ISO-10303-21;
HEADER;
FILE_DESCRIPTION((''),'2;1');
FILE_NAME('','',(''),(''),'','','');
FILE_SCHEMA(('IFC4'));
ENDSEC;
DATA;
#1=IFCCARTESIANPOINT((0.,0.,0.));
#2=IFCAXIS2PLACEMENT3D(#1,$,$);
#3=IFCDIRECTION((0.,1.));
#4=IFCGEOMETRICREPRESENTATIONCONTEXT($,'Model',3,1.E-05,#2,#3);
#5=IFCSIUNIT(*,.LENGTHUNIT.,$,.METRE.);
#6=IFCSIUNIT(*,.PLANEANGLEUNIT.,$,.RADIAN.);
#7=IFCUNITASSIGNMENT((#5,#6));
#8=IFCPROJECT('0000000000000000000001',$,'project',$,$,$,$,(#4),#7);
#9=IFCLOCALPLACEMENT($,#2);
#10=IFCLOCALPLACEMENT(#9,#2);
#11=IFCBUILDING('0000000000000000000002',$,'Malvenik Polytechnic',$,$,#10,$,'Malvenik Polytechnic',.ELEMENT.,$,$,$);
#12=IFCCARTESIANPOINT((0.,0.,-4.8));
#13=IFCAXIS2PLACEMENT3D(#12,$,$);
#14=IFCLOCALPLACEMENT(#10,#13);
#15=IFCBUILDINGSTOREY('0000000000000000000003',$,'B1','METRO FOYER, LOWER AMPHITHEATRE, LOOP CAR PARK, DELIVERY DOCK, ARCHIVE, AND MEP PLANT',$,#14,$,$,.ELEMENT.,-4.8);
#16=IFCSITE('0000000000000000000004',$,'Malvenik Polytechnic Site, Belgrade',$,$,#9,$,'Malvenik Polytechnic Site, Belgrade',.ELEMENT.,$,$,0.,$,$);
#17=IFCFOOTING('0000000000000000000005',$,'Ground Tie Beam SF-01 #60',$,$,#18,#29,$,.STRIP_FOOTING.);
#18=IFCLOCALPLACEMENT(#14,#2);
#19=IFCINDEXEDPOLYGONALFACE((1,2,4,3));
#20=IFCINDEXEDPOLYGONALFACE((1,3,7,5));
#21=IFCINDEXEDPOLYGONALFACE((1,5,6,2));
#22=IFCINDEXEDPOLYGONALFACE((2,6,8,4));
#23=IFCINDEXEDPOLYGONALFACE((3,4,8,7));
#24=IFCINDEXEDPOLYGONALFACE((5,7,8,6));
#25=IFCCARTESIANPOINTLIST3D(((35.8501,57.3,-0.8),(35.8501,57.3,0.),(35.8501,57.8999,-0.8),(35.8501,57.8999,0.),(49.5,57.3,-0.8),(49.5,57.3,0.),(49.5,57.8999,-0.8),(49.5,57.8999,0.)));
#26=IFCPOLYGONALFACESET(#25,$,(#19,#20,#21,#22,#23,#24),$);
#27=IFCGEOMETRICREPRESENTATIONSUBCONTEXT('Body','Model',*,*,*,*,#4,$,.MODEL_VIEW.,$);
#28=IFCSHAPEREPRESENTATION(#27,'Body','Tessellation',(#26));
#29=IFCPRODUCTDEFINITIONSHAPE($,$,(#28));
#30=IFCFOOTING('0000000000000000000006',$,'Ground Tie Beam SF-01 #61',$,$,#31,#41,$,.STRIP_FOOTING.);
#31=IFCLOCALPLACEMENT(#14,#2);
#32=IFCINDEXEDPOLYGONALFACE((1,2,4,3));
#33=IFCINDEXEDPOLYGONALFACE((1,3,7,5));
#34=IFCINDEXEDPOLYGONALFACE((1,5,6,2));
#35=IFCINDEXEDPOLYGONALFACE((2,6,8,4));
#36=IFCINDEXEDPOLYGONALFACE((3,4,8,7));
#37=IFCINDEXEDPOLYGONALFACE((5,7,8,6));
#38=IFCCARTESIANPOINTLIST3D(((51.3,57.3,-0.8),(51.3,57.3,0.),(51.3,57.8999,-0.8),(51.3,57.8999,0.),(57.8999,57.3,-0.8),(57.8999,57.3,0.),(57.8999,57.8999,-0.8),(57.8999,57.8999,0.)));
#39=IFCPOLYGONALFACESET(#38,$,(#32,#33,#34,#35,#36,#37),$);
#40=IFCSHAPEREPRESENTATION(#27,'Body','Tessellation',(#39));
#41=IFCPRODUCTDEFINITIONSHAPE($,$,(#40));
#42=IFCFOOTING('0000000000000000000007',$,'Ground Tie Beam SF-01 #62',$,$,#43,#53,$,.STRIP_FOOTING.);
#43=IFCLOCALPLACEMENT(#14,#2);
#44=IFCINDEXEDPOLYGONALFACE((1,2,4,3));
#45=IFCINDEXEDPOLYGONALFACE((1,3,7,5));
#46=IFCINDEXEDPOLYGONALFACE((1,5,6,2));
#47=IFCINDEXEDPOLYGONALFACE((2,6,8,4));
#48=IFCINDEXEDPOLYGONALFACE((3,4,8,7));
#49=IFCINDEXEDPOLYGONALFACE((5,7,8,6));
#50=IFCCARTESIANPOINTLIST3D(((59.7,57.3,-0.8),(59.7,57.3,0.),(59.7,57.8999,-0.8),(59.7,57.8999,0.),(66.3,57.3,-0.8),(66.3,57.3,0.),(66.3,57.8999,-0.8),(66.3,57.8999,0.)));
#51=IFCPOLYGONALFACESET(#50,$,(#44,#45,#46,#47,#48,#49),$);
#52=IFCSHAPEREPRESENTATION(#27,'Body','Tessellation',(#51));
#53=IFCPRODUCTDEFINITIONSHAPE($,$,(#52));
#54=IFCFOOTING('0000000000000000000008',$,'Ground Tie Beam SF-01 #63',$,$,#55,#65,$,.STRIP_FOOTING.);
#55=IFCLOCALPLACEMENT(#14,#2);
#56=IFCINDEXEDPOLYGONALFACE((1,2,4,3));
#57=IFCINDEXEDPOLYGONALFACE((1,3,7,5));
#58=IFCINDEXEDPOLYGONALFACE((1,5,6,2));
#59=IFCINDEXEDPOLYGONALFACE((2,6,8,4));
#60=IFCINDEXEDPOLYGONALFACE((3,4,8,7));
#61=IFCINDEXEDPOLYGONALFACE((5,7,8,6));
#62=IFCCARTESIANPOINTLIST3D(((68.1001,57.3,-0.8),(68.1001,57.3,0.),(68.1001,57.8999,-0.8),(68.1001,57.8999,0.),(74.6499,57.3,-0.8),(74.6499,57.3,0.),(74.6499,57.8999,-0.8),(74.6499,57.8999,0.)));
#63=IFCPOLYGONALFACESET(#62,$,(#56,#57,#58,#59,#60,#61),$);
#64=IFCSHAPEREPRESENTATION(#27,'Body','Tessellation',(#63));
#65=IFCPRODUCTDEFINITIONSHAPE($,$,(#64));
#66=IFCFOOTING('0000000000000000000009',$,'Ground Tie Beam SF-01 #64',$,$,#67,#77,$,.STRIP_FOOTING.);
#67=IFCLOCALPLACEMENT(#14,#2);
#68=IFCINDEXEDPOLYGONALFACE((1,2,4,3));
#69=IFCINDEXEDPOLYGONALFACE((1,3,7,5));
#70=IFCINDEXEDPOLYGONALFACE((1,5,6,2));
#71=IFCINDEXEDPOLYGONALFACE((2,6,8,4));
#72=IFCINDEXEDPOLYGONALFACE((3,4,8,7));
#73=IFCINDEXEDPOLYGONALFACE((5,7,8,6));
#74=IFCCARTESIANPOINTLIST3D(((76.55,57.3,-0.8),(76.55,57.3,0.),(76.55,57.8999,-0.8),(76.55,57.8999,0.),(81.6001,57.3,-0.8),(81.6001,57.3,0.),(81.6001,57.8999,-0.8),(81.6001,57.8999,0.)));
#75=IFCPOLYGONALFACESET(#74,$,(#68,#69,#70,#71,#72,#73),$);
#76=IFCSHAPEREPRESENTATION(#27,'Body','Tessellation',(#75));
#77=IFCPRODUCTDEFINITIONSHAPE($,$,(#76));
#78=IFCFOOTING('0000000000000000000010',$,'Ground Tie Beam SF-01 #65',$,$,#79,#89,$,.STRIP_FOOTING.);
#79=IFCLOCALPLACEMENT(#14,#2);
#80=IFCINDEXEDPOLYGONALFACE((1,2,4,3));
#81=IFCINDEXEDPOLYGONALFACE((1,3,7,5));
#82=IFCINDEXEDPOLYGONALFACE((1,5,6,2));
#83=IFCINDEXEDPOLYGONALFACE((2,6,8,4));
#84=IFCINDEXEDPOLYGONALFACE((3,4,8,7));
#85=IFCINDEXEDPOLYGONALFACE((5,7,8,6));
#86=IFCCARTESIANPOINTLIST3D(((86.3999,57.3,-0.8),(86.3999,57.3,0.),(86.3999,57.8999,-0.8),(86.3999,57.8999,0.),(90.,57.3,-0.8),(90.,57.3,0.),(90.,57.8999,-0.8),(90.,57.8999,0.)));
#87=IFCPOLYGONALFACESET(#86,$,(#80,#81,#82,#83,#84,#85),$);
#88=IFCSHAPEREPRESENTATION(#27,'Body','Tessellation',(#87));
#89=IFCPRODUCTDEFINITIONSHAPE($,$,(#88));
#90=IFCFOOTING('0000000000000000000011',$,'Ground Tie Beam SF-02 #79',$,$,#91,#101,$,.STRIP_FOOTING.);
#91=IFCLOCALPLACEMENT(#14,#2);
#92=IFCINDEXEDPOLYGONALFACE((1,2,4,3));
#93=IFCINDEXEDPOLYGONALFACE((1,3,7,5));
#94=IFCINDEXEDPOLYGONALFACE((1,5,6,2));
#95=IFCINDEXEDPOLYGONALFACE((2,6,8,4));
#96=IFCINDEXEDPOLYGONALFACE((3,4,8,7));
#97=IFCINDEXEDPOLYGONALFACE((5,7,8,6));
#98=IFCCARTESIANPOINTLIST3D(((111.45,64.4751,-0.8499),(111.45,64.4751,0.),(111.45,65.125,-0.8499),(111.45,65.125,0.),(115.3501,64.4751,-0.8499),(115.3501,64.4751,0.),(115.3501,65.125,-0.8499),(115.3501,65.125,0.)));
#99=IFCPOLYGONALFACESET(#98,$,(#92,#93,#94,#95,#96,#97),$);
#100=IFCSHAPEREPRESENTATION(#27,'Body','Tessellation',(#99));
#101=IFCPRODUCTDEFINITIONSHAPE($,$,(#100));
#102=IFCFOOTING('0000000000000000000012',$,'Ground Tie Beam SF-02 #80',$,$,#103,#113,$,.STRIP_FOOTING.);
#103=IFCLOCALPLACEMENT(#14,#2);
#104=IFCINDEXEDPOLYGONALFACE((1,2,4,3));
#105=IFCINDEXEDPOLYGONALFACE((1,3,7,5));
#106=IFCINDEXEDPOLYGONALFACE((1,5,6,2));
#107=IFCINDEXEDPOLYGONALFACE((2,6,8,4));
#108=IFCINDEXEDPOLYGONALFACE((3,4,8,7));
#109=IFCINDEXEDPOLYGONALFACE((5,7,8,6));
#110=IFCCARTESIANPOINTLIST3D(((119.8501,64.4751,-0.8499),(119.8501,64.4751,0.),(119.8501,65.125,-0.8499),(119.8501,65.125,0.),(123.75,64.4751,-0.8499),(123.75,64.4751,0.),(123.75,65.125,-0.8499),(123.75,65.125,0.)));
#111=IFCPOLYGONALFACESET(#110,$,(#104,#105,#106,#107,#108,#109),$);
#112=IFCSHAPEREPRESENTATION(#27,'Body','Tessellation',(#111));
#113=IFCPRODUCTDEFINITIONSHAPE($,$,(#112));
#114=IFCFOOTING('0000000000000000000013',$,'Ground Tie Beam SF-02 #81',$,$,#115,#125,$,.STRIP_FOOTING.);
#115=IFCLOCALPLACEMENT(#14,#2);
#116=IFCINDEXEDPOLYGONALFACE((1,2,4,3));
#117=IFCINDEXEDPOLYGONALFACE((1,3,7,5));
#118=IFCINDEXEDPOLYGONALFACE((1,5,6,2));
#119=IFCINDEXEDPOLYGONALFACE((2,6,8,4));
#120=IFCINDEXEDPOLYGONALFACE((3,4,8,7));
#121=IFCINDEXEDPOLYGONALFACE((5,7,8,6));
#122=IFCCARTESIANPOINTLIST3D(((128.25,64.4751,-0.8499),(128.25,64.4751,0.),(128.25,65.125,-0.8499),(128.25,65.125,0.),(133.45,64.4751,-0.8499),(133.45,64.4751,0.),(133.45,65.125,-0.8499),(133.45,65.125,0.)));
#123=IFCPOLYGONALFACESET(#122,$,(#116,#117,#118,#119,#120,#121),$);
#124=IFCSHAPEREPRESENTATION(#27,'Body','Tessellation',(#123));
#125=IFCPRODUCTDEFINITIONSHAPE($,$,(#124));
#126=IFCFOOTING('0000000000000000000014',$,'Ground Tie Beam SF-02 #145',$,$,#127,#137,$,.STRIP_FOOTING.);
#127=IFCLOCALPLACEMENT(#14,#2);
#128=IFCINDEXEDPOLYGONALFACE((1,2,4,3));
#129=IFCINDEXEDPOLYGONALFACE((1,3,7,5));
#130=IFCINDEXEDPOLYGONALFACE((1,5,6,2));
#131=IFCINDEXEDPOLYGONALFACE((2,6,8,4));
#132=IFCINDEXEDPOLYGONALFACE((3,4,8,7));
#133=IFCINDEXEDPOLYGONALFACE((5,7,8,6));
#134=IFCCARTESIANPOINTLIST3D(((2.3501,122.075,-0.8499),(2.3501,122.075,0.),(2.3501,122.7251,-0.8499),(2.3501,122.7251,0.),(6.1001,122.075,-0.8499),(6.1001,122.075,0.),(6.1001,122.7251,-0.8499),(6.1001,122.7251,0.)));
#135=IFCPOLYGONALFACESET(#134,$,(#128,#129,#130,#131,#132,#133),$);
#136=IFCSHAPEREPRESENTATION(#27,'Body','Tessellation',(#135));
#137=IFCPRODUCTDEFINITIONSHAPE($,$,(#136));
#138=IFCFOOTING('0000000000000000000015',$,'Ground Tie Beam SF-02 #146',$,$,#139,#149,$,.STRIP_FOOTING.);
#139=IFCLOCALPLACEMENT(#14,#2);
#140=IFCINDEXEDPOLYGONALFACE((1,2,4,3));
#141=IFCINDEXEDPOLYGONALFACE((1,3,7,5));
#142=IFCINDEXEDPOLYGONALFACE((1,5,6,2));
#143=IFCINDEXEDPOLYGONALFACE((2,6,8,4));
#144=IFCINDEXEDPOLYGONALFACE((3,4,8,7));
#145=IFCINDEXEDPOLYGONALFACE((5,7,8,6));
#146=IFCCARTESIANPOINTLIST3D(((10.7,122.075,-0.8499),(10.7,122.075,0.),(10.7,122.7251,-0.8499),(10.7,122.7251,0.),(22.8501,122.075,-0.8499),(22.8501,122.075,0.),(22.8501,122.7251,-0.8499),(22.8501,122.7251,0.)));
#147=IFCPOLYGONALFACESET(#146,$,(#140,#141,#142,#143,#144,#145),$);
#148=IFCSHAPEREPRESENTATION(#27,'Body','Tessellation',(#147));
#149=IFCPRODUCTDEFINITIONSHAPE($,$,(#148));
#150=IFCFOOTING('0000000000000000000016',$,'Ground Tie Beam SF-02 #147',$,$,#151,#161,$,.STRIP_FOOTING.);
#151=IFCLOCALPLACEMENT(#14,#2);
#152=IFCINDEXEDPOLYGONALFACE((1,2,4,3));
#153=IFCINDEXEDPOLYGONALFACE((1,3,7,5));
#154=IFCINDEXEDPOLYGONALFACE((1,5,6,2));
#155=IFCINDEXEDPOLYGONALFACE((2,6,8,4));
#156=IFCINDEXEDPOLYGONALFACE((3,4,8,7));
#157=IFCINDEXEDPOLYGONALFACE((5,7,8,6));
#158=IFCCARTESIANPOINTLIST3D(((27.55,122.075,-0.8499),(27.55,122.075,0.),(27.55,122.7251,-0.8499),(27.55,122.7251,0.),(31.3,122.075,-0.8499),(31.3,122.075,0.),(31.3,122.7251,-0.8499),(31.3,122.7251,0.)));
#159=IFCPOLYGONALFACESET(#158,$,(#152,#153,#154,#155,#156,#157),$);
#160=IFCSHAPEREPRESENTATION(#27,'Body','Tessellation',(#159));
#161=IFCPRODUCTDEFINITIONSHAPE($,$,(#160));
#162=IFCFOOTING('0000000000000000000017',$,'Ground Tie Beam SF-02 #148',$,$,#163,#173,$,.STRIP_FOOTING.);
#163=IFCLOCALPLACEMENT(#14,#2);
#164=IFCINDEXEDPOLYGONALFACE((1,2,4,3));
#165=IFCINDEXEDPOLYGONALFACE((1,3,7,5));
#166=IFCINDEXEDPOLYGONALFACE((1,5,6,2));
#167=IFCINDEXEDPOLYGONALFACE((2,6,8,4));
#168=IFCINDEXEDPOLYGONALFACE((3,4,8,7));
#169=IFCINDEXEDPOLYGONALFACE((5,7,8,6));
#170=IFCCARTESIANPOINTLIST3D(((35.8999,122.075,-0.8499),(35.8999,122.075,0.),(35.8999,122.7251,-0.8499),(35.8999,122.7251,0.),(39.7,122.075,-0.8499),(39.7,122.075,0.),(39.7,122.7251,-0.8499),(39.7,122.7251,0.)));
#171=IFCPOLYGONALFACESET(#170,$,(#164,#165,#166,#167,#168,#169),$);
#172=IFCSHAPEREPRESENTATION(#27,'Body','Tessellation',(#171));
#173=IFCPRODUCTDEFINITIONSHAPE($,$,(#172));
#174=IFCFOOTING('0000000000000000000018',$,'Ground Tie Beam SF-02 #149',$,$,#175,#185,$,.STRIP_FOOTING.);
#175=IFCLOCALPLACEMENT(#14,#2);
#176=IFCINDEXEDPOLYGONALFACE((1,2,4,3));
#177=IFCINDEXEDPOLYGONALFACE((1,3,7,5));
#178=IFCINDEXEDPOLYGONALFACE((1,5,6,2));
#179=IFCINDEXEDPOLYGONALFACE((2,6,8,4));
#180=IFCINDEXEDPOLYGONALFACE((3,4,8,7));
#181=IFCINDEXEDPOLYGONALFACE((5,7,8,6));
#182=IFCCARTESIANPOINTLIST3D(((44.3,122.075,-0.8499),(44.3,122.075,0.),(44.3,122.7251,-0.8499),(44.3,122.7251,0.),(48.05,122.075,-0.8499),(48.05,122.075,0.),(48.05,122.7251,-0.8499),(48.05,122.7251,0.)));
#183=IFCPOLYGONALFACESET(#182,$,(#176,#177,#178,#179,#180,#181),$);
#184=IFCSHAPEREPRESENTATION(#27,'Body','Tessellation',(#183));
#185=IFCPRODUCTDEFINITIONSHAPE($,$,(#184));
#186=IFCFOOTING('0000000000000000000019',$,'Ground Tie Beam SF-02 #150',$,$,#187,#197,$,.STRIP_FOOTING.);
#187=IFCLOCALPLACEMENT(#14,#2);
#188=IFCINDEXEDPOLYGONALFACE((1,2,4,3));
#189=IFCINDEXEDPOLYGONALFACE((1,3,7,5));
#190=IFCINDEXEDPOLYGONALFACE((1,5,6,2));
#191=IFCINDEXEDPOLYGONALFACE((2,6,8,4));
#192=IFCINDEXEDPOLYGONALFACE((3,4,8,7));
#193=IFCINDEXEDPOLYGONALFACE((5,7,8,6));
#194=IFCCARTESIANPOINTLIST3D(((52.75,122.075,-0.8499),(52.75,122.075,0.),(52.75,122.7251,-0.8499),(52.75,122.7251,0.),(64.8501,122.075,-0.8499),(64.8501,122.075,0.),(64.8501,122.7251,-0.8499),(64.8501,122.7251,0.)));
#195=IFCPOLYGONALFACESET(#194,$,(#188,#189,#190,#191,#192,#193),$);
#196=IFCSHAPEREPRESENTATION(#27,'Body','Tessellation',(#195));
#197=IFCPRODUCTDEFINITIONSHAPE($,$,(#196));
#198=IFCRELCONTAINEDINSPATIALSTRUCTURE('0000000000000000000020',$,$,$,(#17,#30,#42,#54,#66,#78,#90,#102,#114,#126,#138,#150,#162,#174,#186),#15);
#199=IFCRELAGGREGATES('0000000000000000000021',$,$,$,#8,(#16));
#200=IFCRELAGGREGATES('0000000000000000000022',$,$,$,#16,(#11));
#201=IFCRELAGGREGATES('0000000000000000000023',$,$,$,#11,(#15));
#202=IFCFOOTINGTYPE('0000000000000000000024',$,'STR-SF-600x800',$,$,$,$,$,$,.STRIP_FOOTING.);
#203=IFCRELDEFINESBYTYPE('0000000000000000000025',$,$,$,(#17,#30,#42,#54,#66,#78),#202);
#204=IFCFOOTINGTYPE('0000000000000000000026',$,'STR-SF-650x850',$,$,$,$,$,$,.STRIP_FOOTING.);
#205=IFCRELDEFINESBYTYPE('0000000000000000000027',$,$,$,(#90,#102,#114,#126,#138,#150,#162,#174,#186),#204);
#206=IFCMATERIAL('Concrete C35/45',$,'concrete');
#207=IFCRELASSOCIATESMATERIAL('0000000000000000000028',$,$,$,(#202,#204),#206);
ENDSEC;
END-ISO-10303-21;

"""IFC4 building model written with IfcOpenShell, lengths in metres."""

from ifc_helpers import new_model, si_unit, direction, frame, origin, place, context, subcontext, project, spatial, polyline, outline, extrude, material, type_object, element, save


model = new_model("IFC4")

# Units and contexts
model_context = context("Model", 3, precision=1e-05, world=origin(), true_north=direction((0.0, 1.0)))
body_context = subcontext(model_context, "Body", "Model", "MODEL_VIEW")
ifc_project = project(units=[si_unit("LENGTHUNIT", "METRE"), si_unit("PLANEANGLEUNIT", "RADIAN")], contexts=[model_context])

# Site, building, storey
site_placement = place(None, origin())
site = spatial("IfcSite", under=ifc_project, at=site_placement, Name="Malvenik Polytechnic Site, Belgrade", LongName="Malvenik Polytechnic Site, Belgrade", CompositionType="ELEMENT", RefElevation=0.0)
building_placement = place(site_placement, origin())
building = spatial("IfcBuilding", under=site, at=building_placement, Name="Malvenik Polytechnic", LongName="Malvenik Polytechnic", CompositionType="ELEMENT")
storey_placement = place(building_placement, frame((0.0, 0.0, -4.8)))
storey = spatial("IfcBuildingStorey", under=building, at=storey_placement, Name="B1", Description="METRO FOYER, LOWER AMPHITHEATRE, LOOP CAR PARK, DELIVERY DOCK, ARCHIVE, AND MEP PLANT", CompositionType="ELEMENT", Elevation=-4.8)

# Footings
ifc_material = material(Name="Concrete C35/45", Category="concrete")
footing_type_1 = type_object("IfcFootingType", Name="STR-SF-600x800", PredefinedType="STRIP_FOOTING", material=ifc_material)
footing_1_placement = place(storey_placement, frame((0.0, 0.0, -0.8)))
element("IfcFooting", 1, at=footing_1_placement, inside=storey, type_object=footing_type_1, Name="Ground Tie Beam SF-01 #60", PredefinedType="STRIP_FOOTING", context=body_context, shape_type="SweptSolid", body=[
    extrude(outline(polyline([(35.8501, 57.3), (49.5, 57.3), (49.5, 57.8999), (35.8501, 57.8999), (35.8501, 57.3)])), origin(), (0.0, 0.0, 1.0), 0.8),
])
footing_2_placement = place(storey_placement, frame((0.0, 0.0, -0.8)))
element("IfcFooting", 2, at=footing_2_placement, inside=storey, type_object=footing_type_1, Name="Ground Tie Beam SF-01 #61", PredefinedType="STRIP_FOOTING", context=body_context, shape_type="SweptSolid", body=[
    extrude(outline(polyline([(51.3, 57.3), (57.8999, 57.3), (57.8999, 57.8999), (51.3, 57.8999), (51.3, 57.3)])), origin(), (0.0, 0.0, 1.0), 0.8),
])
footing_3_placement = place(storey_placement, frame((0.0, 0.0, -0.8)))
element("IfcFooting", 3, at=footing_3_placement, inside=storey, type_object=footing_type_1, Name="Ground Tie Beam SF-01 #62", PredefinedType="STRIP_FOOTING", context=body_context, shape_type="SweptSolid", body=[
    extrude(outline(polyline([(59.7, 57.3), (66.3, 57.3), (66.3, 57.8999), (59.7, 57.8999), (59.7, 57.3)])), origin(), (0.0, 0.0, 1.0), 0.8),
])
footing_4_placement = place(storey_placement, frame((0.0, 0.0, -0.8)))
element("IfcFooting", 4, at=footing_4_placement, inside=storey, type_object=footing_type_1, Name="Ground Tie Beam SF-01 #63", PredefinedType="STRIP_FOOTING", context=body_context, shape_type="SweptSolid", body=[
    extrude(outline(polyline([(68.1001, 57.3), (74.6499, 57.3), (74.6499, 57.8999), (68.1001, 57.8999), (68.1001, 57.3)])), origin(), (0.0, 0.0, 1.0), 0.8),
])
footing_5_placement = place(storey_placement, frame((0.0, 0.0, -0.8)))
element("IfcFooting", 5, at=footing_5_placement, inside=storey, type_object=footing_type_1, Name="Ground Tie Beam SF-01 #64", PredefinedType="STRIP_FOOTING", context=body_context, shape_type="SweptSolid", body=[
    extrude(outline(polyline([(76.55, 57.3), (81.6001, 57.3), (81.6001, 57.8999), (76.55, 57.8999), (76.55, 57.3)])), origin(), (0.0, 0.0, 1.0), 0.8),
])
footing_6_placement = place(storey_placement, frame((0.0, 0.0, -0.8)))
element("IfcFooting", 6, at=footing_6_placement, inside=storey, type_object=footing_type_1, Name="Ground Tie Beam SF-01 #65", PredefinedType="STRIP_FOOTING", context=body_context, shape_type="SweptSolid", body=[
    extrude(outline(polyline([(86.3999, 57.3), (90.0, 57.3), (90.0, 57.8999), (86.3999, 57.8999), (86.3999, 57.3)])), origin(), (0.0, 0.0, 1.0), 0.8),
])
footing_type_2 = type_object("IfcFootingType", Name="STR-SF-650x850", PredefinedType="STRIP_FOOTING", material=ifc_material)
footing_7_placement = place(storey_placement, frame((0.0, 0.0, -0.8499)))
element("IfcFooting", 7, at=footing_7_placement, inside=storey, type_object=footing_type_2, Name="Ground Tie Beam SF-02 #79", PredefinedType="STRIP_FOOTING", context=body_context, shape_type="SweptSolid", body=[
    extrude(outline(polyline([(111.45, 64.4751), (115.3501, 64.4751), (115.3501, 65.125), (111.45, 65.125), (111.45, 64.4751)])), origin(), (0.0, 0.0, 1.0), 0.8499),
])
footing_8_placement = place(storey_placement, frame((0.0, 0.0, -0.8499)))
element("IfcFooting", 8, at=footing_8_placement, inside=storey, type_object=footing_type_2, Name="Ground Tie Beam SF-02 #80", PredefinedType="STRIP_FOOTING", context=body_context, shape_type="SweptSolid", body=[
    extrude(outline(polyline([(119.8501, 64.4751), (123.75, 64.4751), (123.75, 65.125), (119.8501, 65.125), (119.8501, 64.4751)])), origin(), (0.0, 0.0, 1.0), 0.8499),
])
footing_9_placement = place(storey_placement, frame((0.0, 0.0, -0.8499)))
element("IfcFooting", 9, at=footing_9_placement, inside=storey, type_object=footing_type_2, Name="Ground Tie Beam SF-02 #81", PredefinedType="STRIP_FOOTING", context=body_context, shape_type="SweptSolid", body=[
    extrude(outline(polyline([(128.25, 64.4751), (133.45, 64.4751), (133.45, 65.125), (128.25, 65.125), (128.25, 64.4751)])), origin(), (0.0, 0.0, 1.0), 0.8499),
])
footing_10_placement = place(storey_placement, frame((0.0, 0.0, -0.8499)))
element("IfcFooting", 10, at=footing_10_placement, inside=storey, type_object=footing_type_2, Name="Ground Tie Beam SF-02 #145", PredefinedType="STRIP_FOOTING", context=body_context, shape_type="SweptSolid", body=[
    extrude(outline(polyline([(2.3501, 122.075), (6.1001, 122.075), (6.1001, 122.7251), (2.3501, 122.7251), (2.3501, 122.075)])), origin(), (0.0, 0.0, 1.0), 0.8499),
])
footing_11_placement = place(storey_placement, frame((0.0, 0.0, -0.8499)))
element("IfcFooting", 11, at=footing_11_placement, inside=storey, type_object=footing_type_2, Name="Ground Tie Beam SF-02 #146", PredefinedType="STRIP_FOOTING", context=body_context, shape_type="SweptSolid", body=[
    extrude(outline(polyline([(10.7, 122.075), (22.8501, 122.075), (22.8501, 122.7251), (10.7, 122.7251), (10.7, 122.075)])), origin(), (0.0, 0.0, 1.0), 0.8499),
])
footing_12_placement = place(storey_placement, frame((0.0, 0.0, -0.8499)))
element("IfcFooting", 12, at=footing_12_placement, inside=storey, type_object=footing_type_2, Name="Ground Tie Beam SF-02 #147", PredefinedType="STRIP_FOOTING", context=body_context, shape_type="SweptSolid", body=[
    extrude(outline(polyline([(27.55, 122.075), (31.3, 122.075), (31.3, 122.7251), (27.55, 122.7251), (27.55, 122.075)])), origin(), (0.0, 0.0, 1.0), 0.8499),
])
footing_13_placement = place(storey_placement, frame((0.0, 0.0, -0.8499)))
element("IfcFooting", 13, at=footing_13_placement, inside=storey, type_object=footing_type_2, Name="Ground Tie Beam SF-02 #148", PredefinedType="STRIP_FOOTING", context=body_context, shape_type="SweptSolid", body=[
    extrude(outline(polyline([(35.8999, 122.075), (39.7, 122.075), (39.7, 122.7251), (35.8999, 122.7251), (35.8999, 122.075)])), origin(), (0.0, 0.0, 1.0), 0.8499),
])
footing_14_placement = place(storey_placement, frame((0.0, 0.0, -0.8499)))
element("IfcFooting", 14, at=footing_14_placement, inside=storey, type_object=footing_type_2, Name="Ground Tie Beam SF-02 #149", PredefinedType="STRIP_FOOTING", context=body_context, shape_type="SweptSolid", body=[
    extrude(outline(polyline([(44.3, 122.075), (48.05, 122.075), (48.05, 122.7251), (44.3, 122.7251), (44.3, 122.075)])), origin(), (0.0, 0.0, 1.0), 0.8499),
])
footing_15_placement = place(storey_placement, frame((0.0, 0.0, -0.8499)))
element("IfcFooting", 15, at=footing_15_placement, inside=storey, type_object=footing_type_2, Name="Ground Tie Beam SF-02 #150", PredefinedType="STRIP_FOOTING", context=body_context, shape_type="SweptSolid", body=[
    extrude(outline(polyline([(52.75, 122.075), (64.8501, 122.075), (64.8501, 122.7251), (52.75, 122.7251), (52.75, 122.075)])), origin(), (0.0, 0.0, 1.0), 0.8499),
])

save(model, "model.ifc")
